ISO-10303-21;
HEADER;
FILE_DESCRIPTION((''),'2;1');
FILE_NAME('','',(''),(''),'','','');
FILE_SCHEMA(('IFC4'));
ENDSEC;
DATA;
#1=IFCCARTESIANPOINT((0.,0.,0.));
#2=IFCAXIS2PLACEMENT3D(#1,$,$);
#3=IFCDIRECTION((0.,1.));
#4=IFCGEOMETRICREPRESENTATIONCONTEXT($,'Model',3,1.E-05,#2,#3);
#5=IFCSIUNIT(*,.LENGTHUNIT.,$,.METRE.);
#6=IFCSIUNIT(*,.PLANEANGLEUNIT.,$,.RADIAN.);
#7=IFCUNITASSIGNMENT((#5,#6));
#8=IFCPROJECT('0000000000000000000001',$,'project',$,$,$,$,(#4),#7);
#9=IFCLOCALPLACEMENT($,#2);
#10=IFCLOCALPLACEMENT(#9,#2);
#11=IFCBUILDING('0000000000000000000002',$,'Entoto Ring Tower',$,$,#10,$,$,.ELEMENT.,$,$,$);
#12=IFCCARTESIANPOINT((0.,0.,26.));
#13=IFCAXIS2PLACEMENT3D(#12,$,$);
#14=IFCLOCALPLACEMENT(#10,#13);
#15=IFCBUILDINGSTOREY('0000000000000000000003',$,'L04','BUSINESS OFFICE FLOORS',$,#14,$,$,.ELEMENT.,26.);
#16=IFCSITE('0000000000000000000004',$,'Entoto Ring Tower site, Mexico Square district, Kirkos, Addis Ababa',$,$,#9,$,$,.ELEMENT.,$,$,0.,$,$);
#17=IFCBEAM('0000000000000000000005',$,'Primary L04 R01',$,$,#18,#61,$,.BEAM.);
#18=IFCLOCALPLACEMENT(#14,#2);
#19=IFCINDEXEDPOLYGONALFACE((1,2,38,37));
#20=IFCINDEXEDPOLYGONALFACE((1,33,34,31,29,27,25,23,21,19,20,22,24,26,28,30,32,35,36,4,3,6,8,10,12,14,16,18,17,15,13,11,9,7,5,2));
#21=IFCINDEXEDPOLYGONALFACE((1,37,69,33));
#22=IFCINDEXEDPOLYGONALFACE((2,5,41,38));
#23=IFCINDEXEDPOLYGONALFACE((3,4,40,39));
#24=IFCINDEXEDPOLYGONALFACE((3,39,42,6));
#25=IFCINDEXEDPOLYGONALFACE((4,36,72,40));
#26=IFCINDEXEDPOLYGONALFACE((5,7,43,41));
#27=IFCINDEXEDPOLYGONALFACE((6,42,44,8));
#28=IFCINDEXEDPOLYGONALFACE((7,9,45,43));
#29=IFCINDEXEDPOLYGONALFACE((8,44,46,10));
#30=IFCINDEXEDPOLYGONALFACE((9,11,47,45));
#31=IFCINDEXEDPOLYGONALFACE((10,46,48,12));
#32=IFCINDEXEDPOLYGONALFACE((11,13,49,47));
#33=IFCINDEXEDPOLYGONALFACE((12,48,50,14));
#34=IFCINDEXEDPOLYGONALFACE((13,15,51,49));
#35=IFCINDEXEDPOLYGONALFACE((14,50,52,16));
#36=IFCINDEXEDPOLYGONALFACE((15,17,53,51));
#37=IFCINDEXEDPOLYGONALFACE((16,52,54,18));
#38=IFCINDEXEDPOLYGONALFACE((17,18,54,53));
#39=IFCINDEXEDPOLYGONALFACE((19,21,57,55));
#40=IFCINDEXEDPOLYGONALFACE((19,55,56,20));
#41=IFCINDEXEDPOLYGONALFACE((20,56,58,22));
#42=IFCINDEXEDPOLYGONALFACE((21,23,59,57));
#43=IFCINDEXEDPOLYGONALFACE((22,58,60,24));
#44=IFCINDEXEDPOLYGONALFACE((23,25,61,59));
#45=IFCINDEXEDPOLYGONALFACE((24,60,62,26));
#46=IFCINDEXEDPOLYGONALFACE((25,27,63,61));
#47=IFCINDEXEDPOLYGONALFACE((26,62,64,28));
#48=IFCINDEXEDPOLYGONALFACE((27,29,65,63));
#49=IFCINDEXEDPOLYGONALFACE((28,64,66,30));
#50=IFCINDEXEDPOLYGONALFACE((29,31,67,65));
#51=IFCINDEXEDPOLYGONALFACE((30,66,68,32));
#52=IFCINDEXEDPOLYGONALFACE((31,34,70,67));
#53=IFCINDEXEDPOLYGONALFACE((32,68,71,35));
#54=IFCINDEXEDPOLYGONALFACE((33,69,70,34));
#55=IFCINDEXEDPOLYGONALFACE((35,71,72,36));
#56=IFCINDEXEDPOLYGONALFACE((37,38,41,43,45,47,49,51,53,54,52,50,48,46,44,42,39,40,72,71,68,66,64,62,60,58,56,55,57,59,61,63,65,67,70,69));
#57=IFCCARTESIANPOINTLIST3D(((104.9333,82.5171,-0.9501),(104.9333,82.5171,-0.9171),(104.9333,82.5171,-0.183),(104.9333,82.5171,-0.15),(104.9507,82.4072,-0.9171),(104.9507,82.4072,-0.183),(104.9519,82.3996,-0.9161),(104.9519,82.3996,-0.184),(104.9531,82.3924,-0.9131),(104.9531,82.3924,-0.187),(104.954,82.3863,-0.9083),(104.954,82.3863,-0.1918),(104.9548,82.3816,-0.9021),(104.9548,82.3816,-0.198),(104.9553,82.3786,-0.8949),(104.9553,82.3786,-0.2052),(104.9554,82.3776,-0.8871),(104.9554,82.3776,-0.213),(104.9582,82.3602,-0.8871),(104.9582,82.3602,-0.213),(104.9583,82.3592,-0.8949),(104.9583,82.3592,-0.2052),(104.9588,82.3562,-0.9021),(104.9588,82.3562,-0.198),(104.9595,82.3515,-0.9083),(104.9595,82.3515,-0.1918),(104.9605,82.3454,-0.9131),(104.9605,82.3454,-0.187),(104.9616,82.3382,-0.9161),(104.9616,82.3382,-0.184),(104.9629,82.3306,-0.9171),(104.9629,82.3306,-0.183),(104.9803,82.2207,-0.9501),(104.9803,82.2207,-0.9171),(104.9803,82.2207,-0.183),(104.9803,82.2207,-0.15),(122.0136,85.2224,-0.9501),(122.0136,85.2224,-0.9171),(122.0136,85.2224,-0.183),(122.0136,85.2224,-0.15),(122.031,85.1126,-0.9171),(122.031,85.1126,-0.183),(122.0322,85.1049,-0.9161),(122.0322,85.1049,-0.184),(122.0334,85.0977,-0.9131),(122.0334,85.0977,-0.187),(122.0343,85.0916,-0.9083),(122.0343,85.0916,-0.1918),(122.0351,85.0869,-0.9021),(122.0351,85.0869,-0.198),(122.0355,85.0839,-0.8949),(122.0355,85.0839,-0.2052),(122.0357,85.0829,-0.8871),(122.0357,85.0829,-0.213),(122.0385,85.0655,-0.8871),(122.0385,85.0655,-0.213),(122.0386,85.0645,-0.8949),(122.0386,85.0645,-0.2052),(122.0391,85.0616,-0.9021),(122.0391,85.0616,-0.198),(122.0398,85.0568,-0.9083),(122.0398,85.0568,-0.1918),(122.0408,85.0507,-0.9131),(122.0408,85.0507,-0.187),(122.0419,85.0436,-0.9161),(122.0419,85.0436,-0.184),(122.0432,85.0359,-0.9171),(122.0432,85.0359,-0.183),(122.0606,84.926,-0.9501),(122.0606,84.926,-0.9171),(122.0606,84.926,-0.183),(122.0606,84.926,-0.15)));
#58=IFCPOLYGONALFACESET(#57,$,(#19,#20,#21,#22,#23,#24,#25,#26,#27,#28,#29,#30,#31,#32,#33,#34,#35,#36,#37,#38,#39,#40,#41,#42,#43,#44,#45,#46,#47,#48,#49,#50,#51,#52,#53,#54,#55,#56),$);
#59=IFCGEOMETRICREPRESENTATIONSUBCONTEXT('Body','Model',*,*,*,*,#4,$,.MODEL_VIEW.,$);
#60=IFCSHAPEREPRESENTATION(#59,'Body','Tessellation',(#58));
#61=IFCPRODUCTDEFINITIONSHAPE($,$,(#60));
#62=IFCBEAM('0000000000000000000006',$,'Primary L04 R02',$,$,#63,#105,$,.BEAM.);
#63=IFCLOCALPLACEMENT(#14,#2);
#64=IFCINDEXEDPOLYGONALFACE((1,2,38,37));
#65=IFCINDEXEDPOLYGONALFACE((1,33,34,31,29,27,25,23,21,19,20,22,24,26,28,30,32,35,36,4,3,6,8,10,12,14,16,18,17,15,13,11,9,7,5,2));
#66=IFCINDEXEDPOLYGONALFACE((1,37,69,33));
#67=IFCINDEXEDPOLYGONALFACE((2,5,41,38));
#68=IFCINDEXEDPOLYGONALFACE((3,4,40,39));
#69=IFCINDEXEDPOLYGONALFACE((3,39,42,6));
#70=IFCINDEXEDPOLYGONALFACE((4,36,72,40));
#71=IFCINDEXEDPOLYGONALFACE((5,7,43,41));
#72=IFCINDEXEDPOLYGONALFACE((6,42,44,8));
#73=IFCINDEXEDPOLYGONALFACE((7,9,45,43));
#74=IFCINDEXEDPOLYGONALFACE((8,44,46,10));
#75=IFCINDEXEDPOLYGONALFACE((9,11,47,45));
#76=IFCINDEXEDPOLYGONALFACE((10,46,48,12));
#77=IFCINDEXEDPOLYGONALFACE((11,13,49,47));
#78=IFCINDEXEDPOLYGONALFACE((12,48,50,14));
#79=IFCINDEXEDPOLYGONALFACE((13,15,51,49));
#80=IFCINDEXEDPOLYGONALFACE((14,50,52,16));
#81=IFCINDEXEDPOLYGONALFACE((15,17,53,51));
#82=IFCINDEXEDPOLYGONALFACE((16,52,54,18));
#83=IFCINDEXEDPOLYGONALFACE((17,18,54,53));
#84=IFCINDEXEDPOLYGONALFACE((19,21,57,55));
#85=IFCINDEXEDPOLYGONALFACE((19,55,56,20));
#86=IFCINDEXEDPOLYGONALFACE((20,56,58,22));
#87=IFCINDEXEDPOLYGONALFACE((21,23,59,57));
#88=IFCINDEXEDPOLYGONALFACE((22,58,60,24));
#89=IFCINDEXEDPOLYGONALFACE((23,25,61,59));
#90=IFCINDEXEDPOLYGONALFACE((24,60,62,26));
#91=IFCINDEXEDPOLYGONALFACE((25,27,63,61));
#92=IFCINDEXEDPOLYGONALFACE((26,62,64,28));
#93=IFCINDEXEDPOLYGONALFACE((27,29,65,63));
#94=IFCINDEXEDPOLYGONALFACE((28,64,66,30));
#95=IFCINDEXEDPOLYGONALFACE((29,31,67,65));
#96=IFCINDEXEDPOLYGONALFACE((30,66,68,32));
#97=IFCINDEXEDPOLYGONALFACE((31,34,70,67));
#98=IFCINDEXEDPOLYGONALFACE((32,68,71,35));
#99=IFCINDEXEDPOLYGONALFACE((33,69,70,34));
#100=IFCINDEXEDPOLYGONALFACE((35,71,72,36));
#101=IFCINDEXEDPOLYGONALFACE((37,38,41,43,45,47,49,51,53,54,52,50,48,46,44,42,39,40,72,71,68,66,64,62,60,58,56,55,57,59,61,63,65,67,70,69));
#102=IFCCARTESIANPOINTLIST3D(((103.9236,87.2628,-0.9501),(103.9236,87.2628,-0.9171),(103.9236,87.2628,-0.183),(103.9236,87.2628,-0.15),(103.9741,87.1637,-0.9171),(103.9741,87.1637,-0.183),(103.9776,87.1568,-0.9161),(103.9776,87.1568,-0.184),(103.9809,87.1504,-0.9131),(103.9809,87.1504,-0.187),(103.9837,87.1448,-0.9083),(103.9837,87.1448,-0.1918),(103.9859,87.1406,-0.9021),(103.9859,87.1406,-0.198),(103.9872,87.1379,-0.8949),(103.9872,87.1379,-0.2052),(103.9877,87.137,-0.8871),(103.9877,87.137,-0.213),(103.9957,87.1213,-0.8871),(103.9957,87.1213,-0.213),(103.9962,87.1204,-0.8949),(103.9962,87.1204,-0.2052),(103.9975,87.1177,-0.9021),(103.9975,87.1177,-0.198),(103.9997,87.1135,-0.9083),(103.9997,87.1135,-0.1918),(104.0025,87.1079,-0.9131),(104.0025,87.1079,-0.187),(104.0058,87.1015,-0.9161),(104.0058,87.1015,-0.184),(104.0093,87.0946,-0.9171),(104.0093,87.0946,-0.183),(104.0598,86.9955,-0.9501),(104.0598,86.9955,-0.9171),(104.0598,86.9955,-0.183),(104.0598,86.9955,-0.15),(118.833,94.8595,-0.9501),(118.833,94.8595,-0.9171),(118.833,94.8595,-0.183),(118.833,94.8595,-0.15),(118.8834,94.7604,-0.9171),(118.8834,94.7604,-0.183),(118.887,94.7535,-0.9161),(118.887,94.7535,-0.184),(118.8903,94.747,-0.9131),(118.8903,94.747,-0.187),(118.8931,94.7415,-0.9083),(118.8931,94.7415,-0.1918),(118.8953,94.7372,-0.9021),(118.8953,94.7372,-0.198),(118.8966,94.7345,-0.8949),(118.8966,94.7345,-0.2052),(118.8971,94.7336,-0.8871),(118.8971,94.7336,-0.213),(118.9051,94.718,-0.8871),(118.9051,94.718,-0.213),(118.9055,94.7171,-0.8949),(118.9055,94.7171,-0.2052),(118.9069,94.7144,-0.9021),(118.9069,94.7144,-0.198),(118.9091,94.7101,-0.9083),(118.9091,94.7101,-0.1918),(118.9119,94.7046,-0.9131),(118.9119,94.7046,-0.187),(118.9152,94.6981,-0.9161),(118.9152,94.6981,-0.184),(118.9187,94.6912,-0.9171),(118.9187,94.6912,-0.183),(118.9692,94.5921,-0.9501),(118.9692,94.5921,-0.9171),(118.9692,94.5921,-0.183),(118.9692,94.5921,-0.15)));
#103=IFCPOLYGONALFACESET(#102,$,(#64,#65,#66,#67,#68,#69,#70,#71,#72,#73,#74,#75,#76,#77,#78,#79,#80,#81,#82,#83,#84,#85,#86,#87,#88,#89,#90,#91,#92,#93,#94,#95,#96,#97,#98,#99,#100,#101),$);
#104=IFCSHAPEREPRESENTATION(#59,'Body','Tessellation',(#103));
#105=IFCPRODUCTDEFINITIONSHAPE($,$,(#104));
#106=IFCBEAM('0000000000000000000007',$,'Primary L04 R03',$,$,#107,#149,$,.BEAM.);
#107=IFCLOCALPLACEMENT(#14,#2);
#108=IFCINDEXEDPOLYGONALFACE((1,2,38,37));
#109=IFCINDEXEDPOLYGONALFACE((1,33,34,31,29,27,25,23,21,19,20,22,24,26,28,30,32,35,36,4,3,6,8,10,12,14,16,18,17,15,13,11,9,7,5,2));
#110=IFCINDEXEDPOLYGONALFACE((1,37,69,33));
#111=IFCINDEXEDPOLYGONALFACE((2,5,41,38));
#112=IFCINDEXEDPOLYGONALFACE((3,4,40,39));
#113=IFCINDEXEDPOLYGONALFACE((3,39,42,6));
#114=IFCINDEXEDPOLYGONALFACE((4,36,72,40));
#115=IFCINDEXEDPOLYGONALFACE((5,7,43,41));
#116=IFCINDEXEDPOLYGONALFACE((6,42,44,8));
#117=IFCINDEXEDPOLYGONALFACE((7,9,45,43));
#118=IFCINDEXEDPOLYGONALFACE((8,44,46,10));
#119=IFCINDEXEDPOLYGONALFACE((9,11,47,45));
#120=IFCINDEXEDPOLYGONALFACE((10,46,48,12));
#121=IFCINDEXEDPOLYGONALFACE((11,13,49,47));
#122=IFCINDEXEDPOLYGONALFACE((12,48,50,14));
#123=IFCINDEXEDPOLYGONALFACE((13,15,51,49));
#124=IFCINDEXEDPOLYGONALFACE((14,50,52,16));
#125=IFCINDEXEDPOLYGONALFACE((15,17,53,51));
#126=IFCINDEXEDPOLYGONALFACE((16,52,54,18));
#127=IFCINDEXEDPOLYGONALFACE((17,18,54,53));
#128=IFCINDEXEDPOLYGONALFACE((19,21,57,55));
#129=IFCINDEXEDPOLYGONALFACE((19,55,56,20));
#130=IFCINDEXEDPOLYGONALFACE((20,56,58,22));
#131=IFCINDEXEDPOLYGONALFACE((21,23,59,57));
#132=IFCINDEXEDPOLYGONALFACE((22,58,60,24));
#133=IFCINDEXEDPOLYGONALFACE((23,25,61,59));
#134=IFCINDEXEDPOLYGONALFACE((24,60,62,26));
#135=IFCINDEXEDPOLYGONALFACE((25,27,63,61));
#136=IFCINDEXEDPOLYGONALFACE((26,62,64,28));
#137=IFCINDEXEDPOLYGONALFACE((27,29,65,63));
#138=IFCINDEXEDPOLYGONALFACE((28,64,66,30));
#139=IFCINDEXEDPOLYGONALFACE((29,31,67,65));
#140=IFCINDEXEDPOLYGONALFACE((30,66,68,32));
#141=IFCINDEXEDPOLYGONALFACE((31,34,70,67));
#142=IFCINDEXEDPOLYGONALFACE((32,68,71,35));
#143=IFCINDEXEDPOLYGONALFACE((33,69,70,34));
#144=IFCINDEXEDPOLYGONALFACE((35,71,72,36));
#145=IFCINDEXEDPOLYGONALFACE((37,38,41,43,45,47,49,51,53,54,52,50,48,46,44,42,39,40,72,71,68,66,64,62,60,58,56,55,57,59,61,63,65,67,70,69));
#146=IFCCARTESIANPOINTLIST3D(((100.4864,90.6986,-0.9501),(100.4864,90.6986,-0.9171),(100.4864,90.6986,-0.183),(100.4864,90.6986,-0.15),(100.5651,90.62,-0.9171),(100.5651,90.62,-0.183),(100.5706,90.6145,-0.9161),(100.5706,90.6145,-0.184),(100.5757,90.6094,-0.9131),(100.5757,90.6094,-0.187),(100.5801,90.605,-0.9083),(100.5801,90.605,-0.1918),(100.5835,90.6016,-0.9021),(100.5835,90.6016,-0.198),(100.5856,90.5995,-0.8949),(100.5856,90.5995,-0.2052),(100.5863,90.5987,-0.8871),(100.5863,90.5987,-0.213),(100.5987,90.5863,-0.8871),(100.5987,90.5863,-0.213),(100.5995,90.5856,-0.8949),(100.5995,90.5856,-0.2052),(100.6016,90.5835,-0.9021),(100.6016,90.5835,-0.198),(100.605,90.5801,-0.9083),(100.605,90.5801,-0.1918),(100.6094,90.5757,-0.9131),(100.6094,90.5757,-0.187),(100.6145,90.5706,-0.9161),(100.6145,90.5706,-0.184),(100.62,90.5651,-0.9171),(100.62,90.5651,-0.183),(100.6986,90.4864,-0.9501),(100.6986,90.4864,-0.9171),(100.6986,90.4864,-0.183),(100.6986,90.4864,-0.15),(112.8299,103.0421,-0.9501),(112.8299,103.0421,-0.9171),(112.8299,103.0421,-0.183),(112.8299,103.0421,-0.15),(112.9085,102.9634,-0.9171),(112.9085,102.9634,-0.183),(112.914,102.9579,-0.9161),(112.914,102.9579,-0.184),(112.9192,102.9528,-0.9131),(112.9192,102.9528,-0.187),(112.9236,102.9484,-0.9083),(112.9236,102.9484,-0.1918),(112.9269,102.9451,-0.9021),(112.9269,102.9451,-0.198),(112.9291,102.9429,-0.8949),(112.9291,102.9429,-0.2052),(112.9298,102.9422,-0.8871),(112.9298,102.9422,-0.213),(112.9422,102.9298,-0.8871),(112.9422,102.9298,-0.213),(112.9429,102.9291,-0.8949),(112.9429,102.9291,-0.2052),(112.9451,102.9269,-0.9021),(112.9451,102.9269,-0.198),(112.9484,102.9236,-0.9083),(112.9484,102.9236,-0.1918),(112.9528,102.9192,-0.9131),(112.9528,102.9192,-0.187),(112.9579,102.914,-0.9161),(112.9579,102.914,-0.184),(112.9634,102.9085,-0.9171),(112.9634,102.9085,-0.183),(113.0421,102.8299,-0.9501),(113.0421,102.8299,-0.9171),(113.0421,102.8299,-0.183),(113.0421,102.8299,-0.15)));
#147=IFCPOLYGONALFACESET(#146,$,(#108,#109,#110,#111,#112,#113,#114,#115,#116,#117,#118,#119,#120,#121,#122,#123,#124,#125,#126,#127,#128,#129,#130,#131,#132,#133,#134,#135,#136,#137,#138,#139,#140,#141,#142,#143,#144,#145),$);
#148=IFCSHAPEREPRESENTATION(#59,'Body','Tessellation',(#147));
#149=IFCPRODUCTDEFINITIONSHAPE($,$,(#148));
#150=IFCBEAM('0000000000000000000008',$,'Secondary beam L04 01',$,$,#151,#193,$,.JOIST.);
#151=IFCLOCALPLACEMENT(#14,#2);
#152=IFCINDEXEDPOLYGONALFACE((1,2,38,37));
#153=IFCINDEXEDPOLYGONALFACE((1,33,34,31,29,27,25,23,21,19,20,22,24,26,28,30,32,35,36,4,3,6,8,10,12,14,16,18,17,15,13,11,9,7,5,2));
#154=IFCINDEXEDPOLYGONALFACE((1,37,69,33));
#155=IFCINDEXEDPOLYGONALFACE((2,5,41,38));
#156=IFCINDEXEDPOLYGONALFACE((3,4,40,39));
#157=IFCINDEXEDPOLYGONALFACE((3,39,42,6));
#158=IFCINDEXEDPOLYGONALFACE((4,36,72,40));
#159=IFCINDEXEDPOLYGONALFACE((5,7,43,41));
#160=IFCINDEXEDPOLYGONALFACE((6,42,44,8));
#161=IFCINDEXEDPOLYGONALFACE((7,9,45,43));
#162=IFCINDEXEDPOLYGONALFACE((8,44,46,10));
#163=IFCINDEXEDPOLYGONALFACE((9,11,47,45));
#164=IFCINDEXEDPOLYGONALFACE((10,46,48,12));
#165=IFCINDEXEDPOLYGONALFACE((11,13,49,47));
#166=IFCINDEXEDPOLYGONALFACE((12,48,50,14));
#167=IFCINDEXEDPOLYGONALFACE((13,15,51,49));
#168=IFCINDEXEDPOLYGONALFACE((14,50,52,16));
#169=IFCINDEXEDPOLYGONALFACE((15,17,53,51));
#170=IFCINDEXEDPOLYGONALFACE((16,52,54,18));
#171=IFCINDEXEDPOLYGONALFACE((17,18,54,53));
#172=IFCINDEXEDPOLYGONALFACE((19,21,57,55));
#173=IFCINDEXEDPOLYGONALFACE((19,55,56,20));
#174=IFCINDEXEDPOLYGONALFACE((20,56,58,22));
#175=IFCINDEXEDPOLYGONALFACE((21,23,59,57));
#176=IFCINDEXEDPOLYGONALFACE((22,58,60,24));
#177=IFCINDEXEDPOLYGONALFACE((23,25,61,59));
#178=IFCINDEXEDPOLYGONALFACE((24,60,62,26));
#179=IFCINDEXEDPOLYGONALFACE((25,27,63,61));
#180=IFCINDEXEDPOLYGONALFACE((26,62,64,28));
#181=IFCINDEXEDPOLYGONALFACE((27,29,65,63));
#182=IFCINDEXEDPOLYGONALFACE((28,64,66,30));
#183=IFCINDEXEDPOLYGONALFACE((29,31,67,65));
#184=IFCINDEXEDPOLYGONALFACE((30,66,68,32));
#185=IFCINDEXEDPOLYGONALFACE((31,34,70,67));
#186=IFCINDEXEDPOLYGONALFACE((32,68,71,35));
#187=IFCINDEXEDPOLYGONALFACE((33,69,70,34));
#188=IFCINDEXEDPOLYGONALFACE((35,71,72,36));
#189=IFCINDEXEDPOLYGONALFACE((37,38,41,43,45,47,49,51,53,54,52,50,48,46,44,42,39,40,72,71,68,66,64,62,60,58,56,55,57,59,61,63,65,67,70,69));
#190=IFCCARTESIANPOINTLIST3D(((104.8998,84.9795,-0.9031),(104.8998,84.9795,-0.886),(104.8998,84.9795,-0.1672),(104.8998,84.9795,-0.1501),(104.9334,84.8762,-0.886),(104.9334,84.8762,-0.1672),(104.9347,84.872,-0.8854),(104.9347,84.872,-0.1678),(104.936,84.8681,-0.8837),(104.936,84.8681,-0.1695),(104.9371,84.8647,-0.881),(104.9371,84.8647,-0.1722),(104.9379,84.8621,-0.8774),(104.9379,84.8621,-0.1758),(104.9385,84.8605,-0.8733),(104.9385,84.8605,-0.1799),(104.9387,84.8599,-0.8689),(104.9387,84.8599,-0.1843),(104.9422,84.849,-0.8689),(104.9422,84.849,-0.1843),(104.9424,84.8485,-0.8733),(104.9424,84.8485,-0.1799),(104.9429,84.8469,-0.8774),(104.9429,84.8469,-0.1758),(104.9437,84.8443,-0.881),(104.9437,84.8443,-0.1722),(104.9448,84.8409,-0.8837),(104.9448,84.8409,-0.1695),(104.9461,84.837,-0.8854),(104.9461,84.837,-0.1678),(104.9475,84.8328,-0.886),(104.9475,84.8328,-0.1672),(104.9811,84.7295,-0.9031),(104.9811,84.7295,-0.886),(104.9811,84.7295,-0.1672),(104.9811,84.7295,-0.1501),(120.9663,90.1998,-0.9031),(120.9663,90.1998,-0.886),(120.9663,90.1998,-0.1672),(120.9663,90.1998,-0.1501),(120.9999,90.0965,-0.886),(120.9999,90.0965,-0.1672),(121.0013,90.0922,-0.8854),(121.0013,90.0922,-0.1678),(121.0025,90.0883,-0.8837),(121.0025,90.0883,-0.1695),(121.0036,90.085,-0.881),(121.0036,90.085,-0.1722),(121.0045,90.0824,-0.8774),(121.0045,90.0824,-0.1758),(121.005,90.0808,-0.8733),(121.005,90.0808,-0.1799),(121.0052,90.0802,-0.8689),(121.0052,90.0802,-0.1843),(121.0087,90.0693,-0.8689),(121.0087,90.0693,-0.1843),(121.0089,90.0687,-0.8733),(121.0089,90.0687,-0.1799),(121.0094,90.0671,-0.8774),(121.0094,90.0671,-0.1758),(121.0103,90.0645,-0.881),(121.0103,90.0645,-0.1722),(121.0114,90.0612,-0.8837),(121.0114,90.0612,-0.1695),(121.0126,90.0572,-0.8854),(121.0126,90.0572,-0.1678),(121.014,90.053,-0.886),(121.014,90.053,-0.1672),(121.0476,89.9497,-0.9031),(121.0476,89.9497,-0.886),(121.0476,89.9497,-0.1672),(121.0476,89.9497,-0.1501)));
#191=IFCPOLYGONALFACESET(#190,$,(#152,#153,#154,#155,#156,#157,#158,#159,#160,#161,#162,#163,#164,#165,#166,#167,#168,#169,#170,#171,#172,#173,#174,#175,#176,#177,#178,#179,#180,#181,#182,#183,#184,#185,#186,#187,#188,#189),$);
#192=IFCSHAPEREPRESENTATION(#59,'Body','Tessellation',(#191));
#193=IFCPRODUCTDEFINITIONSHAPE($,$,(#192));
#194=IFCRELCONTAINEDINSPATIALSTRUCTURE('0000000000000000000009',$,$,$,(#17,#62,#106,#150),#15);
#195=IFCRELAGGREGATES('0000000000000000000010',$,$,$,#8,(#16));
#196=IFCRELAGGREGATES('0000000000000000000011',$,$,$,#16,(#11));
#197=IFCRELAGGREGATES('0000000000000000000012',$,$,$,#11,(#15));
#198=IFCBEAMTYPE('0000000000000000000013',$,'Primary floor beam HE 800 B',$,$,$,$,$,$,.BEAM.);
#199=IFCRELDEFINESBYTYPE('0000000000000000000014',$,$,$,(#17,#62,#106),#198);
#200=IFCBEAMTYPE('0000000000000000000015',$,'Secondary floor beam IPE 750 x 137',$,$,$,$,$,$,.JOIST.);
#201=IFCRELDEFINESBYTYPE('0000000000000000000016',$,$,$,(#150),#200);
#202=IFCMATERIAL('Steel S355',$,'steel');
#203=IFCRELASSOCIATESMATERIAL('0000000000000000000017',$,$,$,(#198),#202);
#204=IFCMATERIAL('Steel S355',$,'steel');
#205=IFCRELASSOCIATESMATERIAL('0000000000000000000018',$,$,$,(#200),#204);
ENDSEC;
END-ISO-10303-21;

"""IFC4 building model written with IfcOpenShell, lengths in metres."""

from ifc_helpers import new_model, si_unit, direction, frame, origin, origin_2d, place, context, subcontext, project, spatial, i_section, extrude, material, material_profile, profile_set, type_object, element, save


model = new_model("IFC4")

# Units and contexts
model_context = context("Model", 3, precision=1e-05, world=origin(), true_north=direction((0.0, 1.0)))
body_context = subcontext(model_context, "Body", "Model", "MODEL_VIEW")
ifc_project = project(units=[si_unit("LENGTHUNIT", "METRE"), si_unit("PLANEANGLEUNIT", "RADIAN")], contexts=[model_context])

# Site, building, storey
site_placement = place(None, origin())
site = spatial("IfcSite", under=ifc_project, at=site_placement, Name="Entoto Ring Tower site, Mexico Square district, Kirkos, Addis Ababa", CompositionType="ELEMENT", RefElevation=0.0)
building_placement = place(site_placement, origin())
building = spatial("IfcBuilding", under=site, at=building_placement, Name="Entoto Ring Tower", CompositionType="ELEMENT")
storey_placement = place(building_placement, frame((0.0, 0.0, 26.0)))
storey = spatial("IfcBuildingStorey", under=building, at=storey_placement, Name="L04", Description="BUSINESS OFFICE FLOORS", CompositionType="ELEMENT", Elevation=26.0)

# Beams
ifc_material_1 = material(Name="Steel S355", Category="steel")
ifc_material_profile_1 = material_profile(ifc_material_1, i_section(OverallWidth=0.3, OverallDepth=0.8, WebThickness=0.0176, FlangeThickness=0.033, FilletRadius=0.03, at=origin_2d()), Name="HE 800 B")
ifc_profile_set_1 = profile_set([ifc_material_profile_1], Name="Steel S355")
beam_type_1 = type_object("IfcBeamType", Name="Primary floor beam HE 800 B", PredefinedType="BEAM", material=ifc_profile_set_1)
beam_1_placement = place(storey_placement, frame((104.9568, 82.3689, -0.55), z_axis=(0.987688, 0.156438, 0.0), x_axis=(-0.156438, 0.987688, 0.0)))
element("IfcBeam", 1, at=beam_1_placement, inside=storey, type_object=beam_type_1, Name="Primary L04 R01", PredefinedType="BEAM", context=body_context, shape_type="SweptSolid", body=[
    extrude(i_section(OverallWidth=0.3, OverallDepth=0.8, WebThickness=0.0176, FlangeThickness=0.033, FilletRadius=0.03, at=origin_2d()), origin(), (0.0, 0.0, 1.0), 17.2932),
])
beam_2_placement = place(storey_placement, frame((103.9917, 87.1292, -0.55), z_axis=(0.891008, 0.453988, 0.0), x_axis=(-0.453988, 0.891008, 0.0)))
element("IfcBeam", 2, at=beam_2_placement, inside=storey, type_object=beam_type_1, Name="Primary L04 R02", PredefinedType="BEAM", context=body_context, shape_type="SweptSolid", body=[
    extrude(i_section(OverallWidth=0.3, OverallDepth=0.8, WebThickness=0.0176, FlangeThickness=0.033, FilletRadius=0.03, at=origin_2d()), origin(), (0.0, 0.0, 1.0), 16.7332),
])
beam_3_placement = place(storey_placement, frame((100.5925, 90.5925, -0.55), z_axis=(0.707107, 0.707107, 0.0), x_axis=(-0.707107, 0.707107, 0.0)))
element("IfcBeam", 3, at=beam_3_placement, inside=storey, type_object=beam_type_1, Name="Primary L04 R03", PredefinedType="BEAM", context=body_context, shape_type="SweptSolid", body=[
    extrude(i_section(OverallWidth=0.3, OverallDepth=0.8, WebThickness=0.0176, FlangeThickness=0.033, FilletRadius=0.03, at=origin_2d()), origin(), (0.0, 0.0, 1.0), 17.4563),
])
ifc_material_2 = material(Name="Steel S355", Category="steel")
ifc_material_profile_2 = material_profile(ifc_material_2, i_section(OverallWidth=0.2629, OverallDepth=0.7529, WebThickness=0.0115, FlangeThickness=0.0171, FilletRadius=0.0171, at=origin_2d()), Name="IPE 750 x 137")
ifc_profile_set_2 = profile_set([ifc_material_profile_2], Name="Steel S355")
beam_type_2 = type_object("IfcBeamType", Name="Secondary floor beam IPE 750 x 137", PredefinedType="JOIST", material=ifc_profile_set_2)
beam_4_placement = place(storey_placement, frame((104.9404, 84.8545, -0.5266), z_axis=(0.951058, 0.309013, 0.0), x_axis=(-0.309013, 0.951058, 0.0)))
element("IfcBeam", 4, at=beam_4_placement, inside=storey, type_object=beam_type_2, Name="Secondary beam L04 01", PredefinedType="JOIST", context=body_context, shape_type="SweptSolid", body=[
    extrude(i_section(OverallWidth=0.2629, OverallDepth=0.7529, WebThickness=0.0115, FlangeThickness=0.0171, FilletRadius=0.0171, at=origin_2d()), origin(), (0.0, 0.0, 1.0), 16.8933),
])

save(model, "model.ifc")
